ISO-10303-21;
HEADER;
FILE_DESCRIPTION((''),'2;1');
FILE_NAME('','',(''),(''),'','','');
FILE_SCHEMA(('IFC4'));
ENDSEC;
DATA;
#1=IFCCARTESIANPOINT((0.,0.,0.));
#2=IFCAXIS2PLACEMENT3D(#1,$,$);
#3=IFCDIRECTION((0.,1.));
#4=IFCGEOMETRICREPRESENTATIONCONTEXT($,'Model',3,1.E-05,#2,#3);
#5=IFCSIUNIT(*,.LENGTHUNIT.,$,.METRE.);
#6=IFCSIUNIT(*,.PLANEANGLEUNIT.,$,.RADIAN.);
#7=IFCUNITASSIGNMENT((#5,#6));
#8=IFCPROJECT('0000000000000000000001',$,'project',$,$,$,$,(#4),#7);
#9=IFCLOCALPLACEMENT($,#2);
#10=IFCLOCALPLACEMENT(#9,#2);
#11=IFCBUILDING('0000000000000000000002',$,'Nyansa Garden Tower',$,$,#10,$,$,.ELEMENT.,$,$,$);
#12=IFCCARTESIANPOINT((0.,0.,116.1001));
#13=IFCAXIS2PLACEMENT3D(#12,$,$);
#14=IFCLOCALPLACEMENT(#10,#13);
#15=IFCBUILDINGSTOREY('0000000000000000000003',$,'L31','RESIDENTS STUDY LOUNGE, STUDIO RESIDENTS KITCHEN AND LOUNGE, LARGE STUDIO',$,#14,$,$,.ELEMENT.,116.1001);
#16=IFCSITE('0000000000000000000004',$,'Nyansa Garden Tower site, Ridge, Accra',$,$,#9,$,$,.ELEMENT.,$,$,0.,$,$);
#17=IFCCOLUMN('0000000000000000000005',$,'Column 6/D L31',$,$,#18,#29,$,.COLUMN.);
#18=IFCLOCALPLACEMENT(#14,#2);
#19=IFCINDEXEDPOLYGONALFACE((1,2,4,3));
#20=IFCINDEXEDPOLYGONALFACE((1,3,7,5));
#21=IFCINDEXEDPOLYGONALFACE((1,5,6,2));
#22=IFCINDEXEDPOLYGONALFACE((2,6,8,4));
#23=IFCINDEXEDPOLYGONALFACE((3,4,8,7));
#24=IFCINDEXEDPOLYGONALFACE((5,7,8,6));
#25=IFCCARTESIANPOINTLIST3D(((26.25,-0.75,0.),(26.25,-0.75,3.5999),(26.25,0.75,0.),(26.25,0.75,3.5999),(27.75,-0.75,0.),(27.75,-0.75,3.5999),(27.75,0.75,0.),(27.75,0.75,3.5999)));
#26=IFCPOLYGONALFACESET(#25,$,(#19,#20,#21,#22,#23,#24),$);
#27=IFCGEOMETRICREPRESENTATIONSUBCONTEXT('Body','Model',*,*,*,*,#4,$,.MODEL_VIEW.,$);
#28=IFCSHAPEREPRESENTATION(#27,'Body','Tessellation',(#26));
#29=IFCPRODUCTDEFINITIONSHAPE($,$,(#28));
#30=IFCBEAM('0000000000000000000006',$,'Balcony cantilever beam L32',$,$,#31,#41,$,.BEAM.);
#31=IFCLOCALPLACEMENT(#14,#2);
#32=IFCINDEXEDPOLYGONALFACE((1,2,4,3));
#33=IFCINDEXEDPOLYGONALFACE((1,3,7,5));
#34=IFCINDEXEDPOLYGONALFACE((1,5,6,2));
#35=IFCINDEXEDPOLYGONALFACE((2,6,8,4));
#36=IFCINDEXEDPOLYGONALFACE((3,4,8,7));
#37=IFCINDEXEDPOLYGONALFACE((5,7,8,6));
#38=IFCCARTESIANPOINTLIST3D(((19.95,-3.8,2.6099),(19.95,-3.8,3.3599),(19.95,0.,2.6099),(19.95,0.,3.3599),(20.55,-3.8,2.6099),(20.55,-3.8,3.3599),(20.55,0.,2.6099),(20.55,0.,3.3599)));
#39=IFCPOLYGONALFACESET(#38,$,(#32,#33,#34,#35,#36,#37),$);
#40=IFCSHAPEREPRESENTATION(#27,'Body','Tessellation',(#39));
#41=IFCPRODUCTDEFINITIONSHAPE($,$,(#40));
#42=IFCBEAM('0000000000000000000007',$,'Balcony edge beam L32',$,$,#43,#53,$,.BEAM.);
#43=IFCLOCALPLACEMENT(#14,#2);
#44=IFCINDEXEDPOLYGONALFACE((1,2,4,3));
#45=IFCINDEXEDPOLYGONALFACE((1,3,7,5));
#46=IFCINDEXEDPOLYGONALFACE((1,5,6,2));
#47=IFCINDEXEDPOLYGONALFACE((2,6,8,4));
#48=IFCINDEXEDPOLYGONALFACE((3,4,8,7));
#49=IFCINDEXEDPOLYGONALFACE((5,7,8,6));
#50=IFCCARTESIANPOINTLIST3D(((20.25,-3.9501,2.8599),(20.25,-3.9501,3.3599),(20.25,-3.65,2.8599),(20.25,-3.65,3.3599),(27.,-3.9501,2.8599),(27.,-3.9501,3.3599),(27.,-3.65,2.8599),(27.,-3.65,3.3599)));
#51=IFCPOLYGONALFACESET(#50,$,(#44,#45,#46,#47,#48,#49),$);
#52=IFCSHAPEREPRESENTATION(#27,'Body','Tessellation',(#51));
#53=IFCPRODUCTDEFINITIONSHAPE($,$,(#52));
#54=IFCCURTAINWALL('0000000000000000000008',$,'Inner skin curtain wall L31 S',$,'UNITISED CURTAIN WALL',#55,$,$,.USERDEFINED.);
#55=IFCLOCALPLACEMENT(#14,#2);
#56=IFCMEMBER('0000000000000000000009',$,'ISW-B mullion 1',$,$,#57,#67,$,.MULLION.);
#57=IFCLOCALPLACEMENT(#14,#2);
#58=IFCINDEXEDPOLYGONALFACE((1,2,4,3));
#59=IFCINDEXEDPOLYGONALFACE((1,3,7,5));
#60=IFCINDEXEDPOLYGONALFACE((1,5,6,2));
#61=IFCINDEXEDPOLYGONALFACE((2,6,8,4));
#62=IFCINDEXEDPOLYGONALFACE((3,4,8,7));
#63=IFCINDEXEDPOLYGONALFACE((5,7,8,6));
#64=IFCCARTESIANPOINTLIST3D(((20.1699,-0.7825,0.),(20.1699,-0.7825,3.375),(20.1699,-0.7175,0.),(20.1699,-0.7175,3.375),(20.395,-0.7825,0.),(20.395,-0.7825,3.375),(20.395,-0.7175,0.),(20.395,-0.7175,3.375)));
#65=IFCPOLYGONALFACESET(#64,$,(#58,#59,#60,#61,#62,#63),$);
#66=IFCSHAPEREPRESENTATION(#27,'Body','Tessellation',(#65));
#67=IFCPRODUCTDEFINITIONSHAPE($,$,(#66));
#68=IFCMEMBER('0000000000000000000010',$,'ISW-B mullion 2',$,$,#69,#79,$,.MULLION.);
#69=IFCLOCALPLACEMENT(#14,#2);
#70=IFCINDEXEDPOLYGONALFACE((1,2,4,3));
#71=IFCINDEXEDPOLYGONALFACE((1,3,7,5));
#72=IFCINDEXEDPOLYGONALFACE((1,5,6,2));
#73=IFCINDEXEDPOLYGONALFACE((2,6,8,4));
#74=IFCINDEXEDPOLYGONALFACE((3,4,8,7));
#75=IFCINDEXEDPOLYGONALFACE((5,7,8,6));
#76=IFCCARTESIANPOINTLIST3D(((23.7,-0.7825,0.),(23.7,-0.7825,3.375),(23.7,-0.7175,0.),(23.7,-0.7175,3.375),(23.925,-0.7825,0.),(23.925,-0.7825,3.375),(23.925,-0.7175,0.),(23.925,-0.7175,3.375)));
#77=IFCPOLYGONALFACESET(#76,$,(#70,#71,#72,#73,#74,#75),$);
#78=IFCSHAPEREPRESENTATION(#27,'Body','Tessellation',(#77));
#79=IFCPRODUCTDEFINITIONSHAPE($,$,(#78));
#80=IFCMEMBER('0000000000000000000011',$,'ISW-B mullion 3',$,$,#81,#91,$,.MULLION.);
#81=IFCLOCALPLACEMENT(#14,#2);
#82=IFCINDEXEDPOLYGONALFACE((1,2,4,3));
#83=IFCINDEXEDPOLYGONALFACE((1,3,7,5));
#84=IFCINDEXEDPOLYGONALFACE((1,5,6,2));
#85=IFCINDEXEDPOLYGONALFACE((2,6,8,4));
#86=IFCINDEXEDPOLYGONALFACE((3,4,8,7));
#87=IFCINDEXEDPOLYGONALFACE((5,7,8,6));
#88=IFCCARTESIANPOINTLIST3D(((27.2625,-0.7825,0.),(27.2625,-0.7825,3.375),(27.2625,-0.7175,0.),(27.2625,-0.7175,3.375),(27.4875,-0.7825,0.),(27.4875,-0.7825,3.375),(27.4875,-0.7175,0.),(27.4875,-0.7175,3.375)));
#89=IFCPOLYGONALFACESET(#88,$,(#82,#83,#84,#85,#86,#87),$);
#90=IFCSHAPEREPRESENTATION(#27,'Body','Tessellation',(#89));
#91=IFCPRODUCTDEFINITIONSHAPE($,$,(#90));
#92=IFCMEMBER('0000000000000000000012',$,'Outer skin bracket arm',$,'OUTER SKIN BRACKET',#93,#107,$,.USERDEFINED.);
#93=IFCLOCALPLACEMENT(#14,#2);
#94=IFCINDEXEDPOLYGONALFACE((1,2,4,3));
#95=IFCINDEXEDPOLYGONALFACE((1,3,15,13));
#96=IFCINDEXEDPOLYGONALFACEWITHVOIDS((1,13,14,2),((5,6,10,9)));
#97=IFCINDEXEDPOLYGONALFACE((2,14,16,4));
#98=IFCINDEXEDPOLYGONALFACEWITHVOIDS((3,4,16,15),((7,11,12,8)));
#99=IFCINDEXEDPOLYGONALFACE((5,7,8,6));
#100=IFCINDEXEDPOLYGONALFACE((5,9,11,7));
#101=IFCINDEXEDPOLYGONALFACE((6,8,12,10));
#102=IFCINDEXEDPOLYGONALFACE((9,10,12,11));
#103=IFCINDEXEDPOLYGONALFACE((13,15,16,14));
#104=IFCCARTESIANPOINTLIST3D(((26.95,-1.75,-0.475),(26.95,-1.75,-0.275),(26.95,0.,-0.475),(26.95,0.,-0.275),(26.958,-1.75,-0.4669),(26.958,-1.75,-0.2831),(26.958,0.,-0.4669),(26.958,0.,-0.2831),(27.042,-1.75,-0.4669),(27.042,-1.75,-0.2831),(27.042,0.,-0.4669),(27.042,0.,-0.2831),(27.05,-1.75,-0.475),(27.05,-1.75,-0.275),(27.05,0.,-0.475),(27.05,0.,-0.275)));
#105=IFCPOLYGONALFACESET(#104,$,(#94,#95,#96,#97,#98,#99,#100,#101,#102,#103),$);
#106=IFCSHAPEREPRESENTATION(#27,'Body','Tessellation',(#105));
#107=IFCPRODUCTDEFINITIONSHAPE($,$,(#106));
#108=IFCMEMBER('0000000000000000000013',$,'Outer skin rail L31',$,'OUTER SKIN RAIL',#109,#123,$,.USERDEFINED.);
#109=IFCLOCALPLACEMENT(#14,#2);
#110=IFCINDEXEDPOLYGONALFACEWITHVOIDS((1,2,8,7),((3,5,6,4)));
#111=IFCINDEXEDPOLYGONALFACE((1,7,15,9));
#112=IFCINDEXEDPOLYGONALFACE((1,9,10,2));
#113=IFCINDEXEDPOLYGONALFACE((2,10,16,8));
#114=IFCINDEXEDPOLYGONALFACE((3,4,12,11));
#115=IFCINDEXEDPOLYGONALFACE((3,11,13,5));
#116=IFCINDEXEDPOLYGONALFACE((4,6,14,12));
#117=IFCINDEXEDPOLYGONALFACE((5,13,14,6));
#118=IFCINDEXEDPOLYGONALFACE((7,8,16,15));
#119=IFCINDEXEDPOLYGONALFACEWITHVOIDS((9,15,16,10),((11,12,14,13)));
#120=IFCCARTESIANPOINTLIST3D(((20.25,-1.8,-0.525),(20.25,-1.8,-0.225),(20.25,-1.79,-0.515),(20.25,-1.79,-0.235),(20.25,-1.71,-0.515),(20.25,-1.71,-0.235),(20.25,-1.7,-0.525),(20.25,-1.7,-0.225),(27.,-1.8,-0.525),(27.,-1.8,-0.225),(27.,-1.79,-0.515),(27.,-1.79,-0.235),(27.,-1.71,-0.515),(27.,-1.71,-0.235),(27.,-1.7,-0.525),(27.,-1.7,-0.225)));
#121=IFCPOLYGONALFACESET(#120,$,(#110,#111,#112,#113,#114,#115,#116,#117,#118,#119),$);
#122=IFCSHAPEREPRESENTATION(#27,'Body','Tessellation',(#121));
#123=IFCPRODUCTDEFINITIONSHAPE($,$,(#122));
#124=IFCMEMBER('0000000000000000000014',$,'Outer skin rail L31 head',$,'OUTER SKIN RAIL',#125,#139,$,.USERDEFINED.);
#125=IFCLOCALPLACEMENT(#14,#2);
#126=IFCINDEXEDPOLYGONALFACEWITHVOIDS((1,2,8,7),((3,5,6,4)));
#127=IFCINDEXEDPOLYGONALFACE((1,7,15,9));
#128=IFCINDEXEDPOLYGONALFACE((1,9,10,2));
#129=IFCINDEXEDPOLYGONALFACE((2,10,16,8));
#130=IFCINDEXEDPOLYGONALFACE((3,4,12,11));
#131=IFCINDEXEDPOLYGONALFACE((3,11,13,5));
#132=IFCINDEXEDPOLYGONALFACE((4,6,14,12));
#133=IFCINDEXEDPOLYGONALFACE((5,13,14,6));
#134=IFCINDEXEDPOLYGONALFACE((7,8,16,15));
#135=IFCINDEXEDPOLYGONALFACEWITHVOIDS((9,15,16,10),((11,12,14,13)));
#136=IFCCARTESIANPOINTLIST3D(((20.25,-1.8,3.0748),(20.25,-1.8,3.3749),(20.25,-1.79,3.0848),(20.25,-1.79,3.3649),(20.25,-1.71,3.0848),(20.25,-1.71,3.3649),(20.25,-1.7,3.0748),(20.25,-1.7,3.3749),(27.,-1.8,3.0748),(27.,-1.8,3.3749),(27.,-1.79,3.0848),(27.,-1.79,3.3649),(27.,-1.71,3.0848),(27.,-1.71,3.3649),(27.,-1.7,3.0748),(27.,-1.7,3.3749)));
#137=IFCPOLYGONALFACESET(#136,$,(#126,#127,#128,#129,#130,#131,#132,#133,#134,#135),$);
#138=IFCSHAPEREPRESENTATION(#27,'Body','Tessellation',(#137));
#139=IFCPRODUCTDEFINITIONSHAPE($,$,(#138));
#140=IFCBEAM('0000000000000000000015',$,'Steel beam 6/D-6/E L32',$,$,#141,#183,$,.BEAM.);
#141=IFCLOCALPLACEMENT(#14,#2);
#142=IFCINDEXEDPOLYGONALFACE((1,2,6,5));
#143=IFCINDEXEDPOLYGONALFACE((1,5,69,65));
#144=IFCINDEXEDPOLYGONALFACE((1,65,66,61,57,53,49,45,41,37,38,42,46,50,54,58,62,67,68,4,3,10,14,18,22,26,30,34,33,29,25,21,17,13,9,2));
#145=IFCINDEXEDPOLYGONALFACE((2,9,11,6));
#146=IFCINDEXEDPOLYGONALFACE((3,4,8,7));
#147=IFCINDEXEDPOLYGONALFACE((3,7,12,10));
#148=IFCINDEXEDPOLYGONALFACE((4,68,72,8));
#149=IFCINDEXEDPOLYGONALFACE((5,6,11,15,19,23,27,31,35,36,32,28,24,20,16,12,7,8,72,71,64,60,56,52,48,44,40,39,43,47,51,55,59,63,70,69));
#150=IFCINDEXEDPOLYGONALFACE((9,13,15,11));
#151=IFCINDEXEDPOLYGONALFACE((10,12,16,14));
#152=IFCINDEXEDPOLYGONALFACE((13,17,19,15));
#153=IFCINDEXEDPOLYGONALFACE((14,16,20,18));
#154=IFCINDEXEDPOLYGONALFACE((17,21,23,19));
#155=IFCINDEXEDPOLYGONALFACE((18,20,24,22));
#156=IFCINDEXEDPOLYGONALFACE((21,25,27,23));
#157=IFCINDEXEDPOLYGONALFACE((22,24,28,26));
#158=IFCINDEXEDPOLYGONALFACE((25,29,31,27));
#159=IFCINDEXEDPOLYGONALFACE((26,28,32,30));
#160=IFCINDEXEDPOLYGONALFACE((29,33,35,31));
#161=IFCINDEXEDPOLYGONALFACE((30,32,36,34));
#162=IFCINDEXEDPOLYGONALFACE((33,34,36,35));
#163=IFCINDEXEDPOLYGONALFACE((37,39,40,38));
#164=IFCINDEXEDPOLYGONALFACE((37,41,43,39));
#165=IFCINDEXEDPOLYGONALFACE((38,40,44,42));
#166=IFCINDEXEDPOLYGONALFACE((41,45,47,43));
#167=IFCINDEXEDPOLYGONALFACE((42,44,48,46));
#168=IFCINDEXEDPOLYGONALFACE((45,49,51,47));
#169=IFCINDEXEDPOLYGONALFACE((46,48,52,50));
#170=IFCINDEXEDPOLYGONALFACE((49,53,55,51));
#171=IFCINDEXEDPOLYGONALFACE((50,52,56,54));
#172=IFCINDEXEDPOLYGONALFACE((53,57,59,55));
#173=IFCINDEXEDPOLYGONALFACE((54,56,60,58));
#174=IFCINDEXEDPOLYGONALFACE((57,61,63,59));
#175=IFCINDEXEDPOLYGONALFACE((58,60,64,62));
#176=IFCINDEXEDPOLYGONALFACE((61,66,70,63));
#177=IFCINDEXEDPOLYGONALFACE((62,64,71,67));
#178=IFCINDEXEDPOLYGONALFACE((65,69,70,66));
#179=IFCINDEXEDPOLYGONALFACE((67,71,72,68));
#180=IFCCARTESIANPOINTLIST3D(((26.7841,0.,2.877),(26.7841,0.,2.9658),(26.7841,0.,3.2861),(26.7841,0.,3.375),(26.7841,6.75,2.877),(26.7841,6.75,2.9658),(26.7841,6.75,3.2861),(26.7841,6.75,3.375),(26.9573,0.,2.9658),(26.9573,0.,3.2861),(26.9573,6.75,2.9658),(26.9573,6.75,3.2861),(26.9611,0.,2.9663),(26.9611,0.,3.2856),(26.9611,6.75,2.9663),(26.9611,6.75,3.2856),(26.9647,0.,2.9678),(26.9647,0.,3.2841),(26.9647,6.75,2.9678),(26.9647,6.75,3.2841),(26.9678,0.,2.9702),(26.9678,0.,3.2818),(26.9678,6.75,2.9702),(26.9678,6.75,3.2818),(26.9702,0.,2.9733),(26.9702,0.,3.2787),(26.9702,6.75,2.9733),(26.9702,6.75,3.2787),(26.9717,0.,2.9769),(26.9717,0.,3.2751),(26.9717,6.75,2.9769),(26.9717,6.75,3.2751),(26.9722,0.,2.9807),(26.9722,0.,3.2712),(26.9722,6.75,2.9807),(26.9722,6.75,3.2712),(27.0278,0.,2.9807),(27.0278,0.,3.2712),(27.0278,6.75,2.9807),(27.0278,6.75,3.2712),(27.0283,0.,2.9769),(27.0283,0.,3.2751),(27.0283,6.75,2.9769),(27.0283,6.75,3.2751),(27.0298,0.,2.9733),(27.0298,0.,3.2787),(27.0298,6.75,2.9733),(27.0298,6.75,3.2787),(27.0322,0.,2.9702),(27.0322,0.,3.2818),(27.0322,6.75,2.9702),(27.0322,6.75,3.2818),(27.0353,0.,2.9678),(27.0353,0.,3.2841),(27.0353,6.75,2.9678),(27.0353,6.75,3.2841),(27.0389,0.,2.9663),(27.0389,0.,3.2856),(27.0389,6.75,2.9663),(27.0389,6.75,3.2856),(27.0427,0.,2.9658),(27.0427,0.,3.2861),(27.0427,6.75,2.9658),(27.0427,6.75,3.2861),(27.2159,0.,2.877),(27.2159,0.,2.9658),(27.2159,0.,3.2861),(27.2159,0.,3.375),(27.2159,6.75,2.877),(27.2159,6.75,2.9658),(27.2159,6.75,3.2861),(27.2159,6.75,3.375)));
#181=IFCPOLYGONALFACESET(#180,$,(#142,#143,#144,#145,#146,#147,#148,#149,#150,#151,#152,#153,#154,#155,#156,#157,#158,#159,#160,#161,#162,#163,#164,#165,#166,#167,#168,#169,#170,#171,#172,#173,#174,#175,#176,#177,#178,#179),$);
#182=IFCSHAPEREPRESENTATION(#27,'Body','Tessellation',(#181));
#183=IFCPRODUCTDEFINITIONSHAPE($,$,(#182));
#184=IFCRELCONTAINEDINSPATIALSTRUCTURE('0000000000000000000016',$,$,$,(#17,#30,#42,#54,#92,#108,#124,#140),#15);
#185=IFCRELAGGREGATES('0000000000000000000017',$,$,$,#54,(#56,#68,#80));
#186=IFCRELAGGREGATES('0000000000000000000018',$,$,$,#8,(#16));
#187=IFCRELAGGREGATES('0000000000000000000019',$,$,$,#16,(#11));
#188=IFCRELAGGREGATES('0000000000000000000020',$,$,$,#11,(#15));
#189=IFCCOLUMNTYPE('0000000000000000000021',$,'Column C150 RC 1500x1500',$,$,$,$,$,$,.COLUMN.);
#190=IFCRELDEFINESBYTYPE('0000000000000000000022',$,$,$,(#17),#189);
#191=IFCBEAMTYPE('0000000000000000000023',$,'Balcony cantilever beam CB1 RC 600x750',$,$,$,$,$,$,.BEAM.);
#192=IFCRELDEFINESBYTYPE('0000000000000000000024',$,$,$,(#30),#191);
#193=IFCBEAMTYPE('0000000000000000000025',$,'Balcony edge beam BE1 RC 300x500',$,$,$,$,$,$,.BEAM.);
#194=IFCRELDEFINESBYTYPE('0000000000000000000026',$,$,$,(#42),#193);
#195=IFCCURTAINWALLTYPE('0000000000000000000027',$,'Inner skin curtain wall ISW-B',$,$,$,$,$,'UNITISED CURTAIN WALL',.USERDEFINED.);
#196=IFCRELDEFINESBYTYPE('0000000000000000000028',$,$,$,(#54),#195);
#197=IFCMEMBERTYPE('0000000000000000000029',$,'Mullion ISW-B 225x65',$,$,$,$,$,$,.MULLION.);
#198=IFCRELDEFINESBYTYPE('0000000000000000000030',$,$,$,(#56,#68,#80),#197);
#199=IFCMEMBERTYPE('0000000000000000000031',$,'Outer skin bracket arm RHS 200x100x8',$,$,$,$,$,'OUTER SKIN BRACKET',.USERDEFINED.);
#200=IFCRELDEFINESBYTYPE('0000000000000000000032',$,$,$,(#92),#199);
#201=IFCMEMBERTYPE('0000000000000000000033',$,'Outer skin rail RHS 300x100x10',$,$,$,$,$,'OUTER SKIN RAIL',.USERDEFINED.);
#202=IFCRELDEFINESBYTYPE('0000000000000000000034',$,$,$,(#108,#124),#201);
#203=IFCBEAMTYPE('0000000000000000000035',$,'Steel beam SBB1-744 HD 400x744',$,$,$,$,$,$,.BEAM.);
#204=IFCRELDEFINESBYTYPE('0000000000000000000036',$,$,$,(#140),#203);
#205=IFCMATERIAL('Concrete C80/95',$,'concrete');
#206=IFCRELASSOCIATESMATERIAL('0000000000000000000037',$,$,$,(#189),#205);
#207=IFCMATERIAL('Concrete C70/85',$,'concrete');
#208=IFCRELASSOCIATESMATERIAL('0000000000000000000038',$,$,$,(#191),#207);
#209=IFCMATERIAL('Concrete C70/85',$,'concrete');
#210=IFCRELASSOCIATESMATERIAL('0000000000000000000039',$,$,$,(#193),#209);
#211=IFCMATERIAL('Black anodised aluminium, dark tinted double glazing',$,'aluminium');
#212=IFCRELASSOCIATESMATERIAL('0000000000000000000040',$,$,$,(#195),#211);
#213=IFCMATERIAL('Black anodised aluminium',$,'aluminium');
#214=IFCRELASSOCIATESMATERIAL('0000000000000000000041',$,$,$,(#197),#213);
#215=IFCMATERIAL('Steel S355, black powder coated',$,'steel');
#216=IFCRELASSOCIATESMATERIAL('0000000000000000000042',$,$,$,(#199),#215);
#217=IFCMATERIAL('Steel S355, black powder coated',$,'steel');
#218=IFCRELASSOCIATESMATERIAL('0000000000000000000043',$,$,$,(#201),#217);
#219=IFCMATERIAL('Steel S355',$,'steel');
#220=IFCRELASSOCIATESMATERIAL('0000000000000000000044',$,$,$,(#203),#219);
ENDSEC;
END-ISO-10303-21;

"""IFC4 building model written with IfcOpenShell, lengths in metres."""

from ifc_helpers import new_model, si_unit, direction, frame, origin, origin_2d, place, context, subcontext, project, spatial, rectangle, hollow_rectangle, i_section, extrude, material, material_profile, profile_set, type_object, element, aggregate, save


model = new_model("IFC4")

# Units and contexts
model_context = context("Model", 3, precision=1e-05, world=origin(), true_north=direction((0.0, 1.0)))
body_context = subcontext(model_context, "Body", "Model", "MODEL_VIEW")
ifc_project = project(units=[si_unit("LENGTHUNIT", "METRE"), si_unit("PLANEANGLEUNIT", "RADIAN")], contexts=[model_context])

# Site, building, storey
site_placement = place(None, origin())
site = spatial("IfcSite", under=ifc_project, at=site_placement, Name="Nyansa Garden Tower site, Ridge, Accra", CompositionType="ELEMENT", RefElevation=0.0)
building_placement = place(site_placement, origin())
building = spatial("IfcBuilding", under=site, at=building_placement, Name="Nyansa Garden Tower", CompositionType="ELEMENT")
storey_placement = place(building_placement, frame((0.0, 0.0, 116.1001)))
storey = spatial("IfcBuildingStorey", under=building, at=storey_placement, Name="L31", Description="RESIDENTS STUDY LOUNGE, STUDIO RESIDENTS KITCHEN AND LOUNGE, LARGE STUDIO", CompositionType="ELEMENT", Elevation=116.1001)

# Column
ifc_material_1 = material(Name="Concrete C80/95", Category="concrete")
ifc_material_profile_1 = material_profile(ifc_material_1, rectangle(XDim=1.5, YDim=1.5, at=origin_2d()), Name="RC 1500x1500")
ifc_profile_set_1 = profile_set([ifc_material_profile_1], Name="Concrete C80/95")
column_type = type_object("IfcColumnType", Name="Column C150 RC 1500x1500", PredefinedType="COLUMN", material=ifc_profile_set_1)
column_placement = place(storey_placement, frame((27.0, 0.0, 0.0), z_axis=(0.0, 0.0, 1.0), x_axis=(1.0, 0.0, 0.0)))
element("IfcColumn", 1, at=column_placement, inside=storey, type_object=column_type, Name="Column 6/D L31", PredefinedType="COLUMN", context=body_context, shape_type="SweptSolid", body=[
    extrude(rectangle(XDim=1.5, YDim=1.5, at=origin_2d()), origin(), (0.0, 0.0, 1.0), 3.5999),
])

# Beams
ifc_material_2 = material(Name="Concrete C70/85", Category="concrete")
ifc_material_profile_2 = material_profile(ifc_material_2, rectangle(XDim=0.6001, YDim=0.75, at=origin_2d()), Name="RC 600x750")
ifc_profile_set_2 = profile_set([ifc_material_profile_2], Name="Concrete C70/85")
beam_type_1 = type_object("IfcBeamType", Name="Balcony cantilever beam CB1 RC 600x750", PredefinedType="BEAM", material=ifc_profile_set_2)
beam_1_placement = place(storey_placement, frame((20.25, 0.0, 2.9849), z_axis=(0.0, -1.0, 0.0), x_axis=(1.0, 0.0, 0.0)))
element("IfcBeam", 2, at=beam_1_placement, inside=storey, type_object=beam_type_1, Name="Balcony cantilever beam L32", PredefinedType="BEAM", context=body_context, shape_type="SweptSolid", body=[
    extrude(rectangle(XDim=0.6001, YDim=0.75, at=origin_2d()), origin(), (0.0, 0.0, 1.0), 3.8),
])
ifc_material_3 = material(Name="Concrete C70/85", Category="concrete")
ifc_material_profile_3 = material_profile(ifc_material_3, rectangle(XDim=0.3, YDim=0.5, at=origin_2d()), Name="RC 300x500")
ifc_profile_set_3 = profile_set([ifc_material_profile_3], Name="Concrete C70/85")
beam_type_2 = type_object("IfcBeamType", Name="Balcony edge beam BE1 RC 300x500", PredefinedType="BEAM", material=ifc_profile_set_3)
beam_2_placement = place(storey_placement, frame((20.25, -3.8, 3.1099), z_axis=(1.0, 0.0, 0.0), x_axis=(0.0, 1.0, 0.0)))
element("IfcBeam", 3, at=beam_2_placement, inside=storey, type_object=beam_type_2, Name="Balcony edge beam L32", PredefinedType="BEAM", context=body_context, shape_type="SweptSolid", body=[
    extrude(rectangle(XDim=0.3, YDim=0.5, at=origin_2d()), origin(), (0.0, 0.0, 1.0), 6.75),
])

# Curtain wall, members
ifc_material_4 = material(Name="Black anodised aluminium, dark tinted double glazing", Category="aluminium")
curtain_wall_type = type_object("IfcCurtainWallType", Name="Inner skin curtain wall ISW-B", ElementType="UNITISED CURTAIN WALL", PredefinedType="USERDEFINED", material=ifc_material_4)
curtain_wall_placement = place(storey_placement, origin())
curtain_wall = element("IfcCurtainWall", 4, at=curtain_wall_placement, inside=storey, type_object=curtain_wall_type, Name="Inner skin curtain wall L31 S", ObjectType="UNITISED CURTAIN WALL", PredefinedType="USERDEFINED")
ifc_material_5 = material(Name="Black anodised aluminium", Category="aluminium")
ifc_material_profile_4 = material_profile(ifc_material_5, rectangle(XDim=0.0649, YDim=0.2251, at=origin_2d()), Name="Mullion 225x65")
ifc_profile_set_4 = profile_set([ifc_material_profile_4], Name="Black anodised aluminium")
member_type_1 = type_object("IfcMemberType", Name="Mullion ISW-B 225x65", PredefinedType="MULLION", material=ifc_profile_set_4)
member_1_placement = place(storey_placement, frame((20.2825, -0.75, 0.0), z_axis=(0.0, 0.0, 1.0), x_axis=(0.0, 1.0, 0.0)))
member_1 = element("IfcMember", 5, at=member_1_placement, type_object=member_type_1, Name="ISW-B mullion 1", PredefinedType="MULLION", context=body_context, shape_type="SweptSolid", body=[
    extrude(rectangle(XDim=0.0649, YDim=0.2251, at=origin_2d()), origin(), (0.0, 0.0, 1.0), 3.375),
])
member_2_placement = place(storey_placement, frame((23.8125, -0.75, 0.0), z_axis=(0.0, 0.0, 1.0), x_axis=(0.0, 1.0, 0.0)))
member_2 = element("IfcMember", 6, at=member_2_placement, type_object=member_type_1, Name="ISW-B mullion 2", PredefinedType="MULLION", context=body_context, shape_type="SweptSolid", body=[
    extrude(rectangle(XDim=0.0649, YDim=0.2251, at=origin_2d()), origin(), (0.0, 0.0, 1.0), 3.375),
])
member_3_placement = place(storey_placement, frame((27.375, -0.75, 0.0), z_axis=(0.0, 0.0, 1.0), x_axis=(0.0, 1.0, 0.0)))
member_3 = element("IfcMember", 7, at=member_3_placement, type_object=member_type_1, Name="ISW-B mullion 3", PredefinedType="MULLION", context=body_context, shape_type="SweptSolid", body=[
    extrude(rectangle(XDim=0.0649, YDim=0.2251, at=origin_2d()), origin(), (0.0, 0.0, 1.0), 3.375),
])

# Members
ifc_material_6 = material(Name="Steel S355, black powder coated", Category="steel")
ifc_material_profile_5 = material_profile(ifc_material_6, hollow_rectangle(XDim=0.1001, YDim=0.2, WallThickness=0.0081, at=origin_2d()), Name="RHS 200x100x8")
ifc_profile_set_5 = profile_set([ifc_material_profile_5], Name="Steel S355, black powder coated")
member_type_2 = type_object("IfcMemberType", Name="Outer skin bracket arm RHS 200x100x8", ElementType="OUTER SKIN BRACKET", PredefinedType="USERDEFINED", material=ifc_profile_set_5)
member_4_placement = place(storey_placement, frame((27.0, 0.0, -0.375), z_axis=(0.0, -1.0, 0.0), x_axis=(1.0, 0.0, 0.0)))
element("IfcMember", 8, at=member_4_placement, inside=storey, type_object=member_type_2, Name="Outer skin bracket arm", ObjectType="OUTER SKIN BRACKET", PredefinedType="USERDEFINED", context=body_context, shape_type="SweptSolid", body=[
    extrude(hollow_rectangle(XDim=0.1001, YDim=0.2, WallThickness=0.0081, at=origin_2d()), origin(), (0.0, 0.0, 1.0), 1.75),
])
ifc_material_7 = material(Name="Steel S355, black powder coated", Category="steel")
ifc_material_profile_6 = material_profile(ifc_material_7, hollow_rectangle(XDim=0.1001, YDim=0.3, WallThickness=0.01, at=origin_2d()), Name="RHS 300x100x10")
ifc_profile_set_6 = profile_set([ifc_material_profile_6], Name="Steel S355, black powder coated")
member_type_3 = type_object("IfcMemberType", Name="Outer skin rail RHS 300x100x10", ElementType="OUTER SKIN RAIL", PredefinedType="USERDEFINED", material=ifc_profile_set_6)
for number, where, z_axis, x_axis, name in (
    (9, (20.25, -1.75, -0.375), (1.0, 0.0, 0.0), (0.0, 1.0, 0.0), "Outer skin rail L31"),
    (10, (20.25, -1.75, 3.2249), (1.0, 0.0, 0.0), (0.0, 1.0, 0.0), "Outer skin rail L31 head"),
):
    element("IfcMember", number, at=place(storey_placement, frame(where, z_axis=z_axis, x_axis=x_axis)), inside=storey, type_object=member_type_3, Name=name, ObjectType="OUTER SKIN RAIL", PredefinedType="USERDEFINED", context=body_context, shape_type="SweptSolid", body=[
        extrude(hollow_rectangle(XDim=0.1001, YDim=0.3, WallThickness=0.01, at=origin_2d()), origin(), (0.0, 0.0, 1.0), 6.75),
    ])

# Beam
ifc_material_8 = material(Name="Steel S355", Category="steel")
ifc_material_profile_7 = material_profile(ifc_material_8, i_section(OverallWidth=0.4319, OverallDepth=0.498, WebThickness=0.0557, FlangeThickness=0.0889, FilletRadius=0.0149, at=origin_2d()), Name="HD 400x744")
ifc_profile_set_7 = profile_set([ifc_material_profile_7], Name="Steel S355")
beam_type_3 = type_object("IfcBeamType", Name="Steel beam SBB1-744 HD 400x744", PredefinedType="BEAM", material=ifc_profile_set_7)
beam_3_placement = place(storey_placement, frame((27.0, 0.0, 3.126), z_axis=(0.0, 1.0, 0.0), x_axis=(-1.0, 0.0, 0.0)))
element("IfcBeam", 11, at=beam_3_placement, inside=storey, type_object=beam_type_3, Name="Steel beam 6/D-6/E L32", PredefinedType="BEAM", context=body_context, shape_type="SweptSolid", body=[
    extrude(i_section(OverallWidth=0.4319, OverallDepth=0.498, WebThickness=0.0557, FlangeThickness=0.0889, FilletRadius=0.0149, at=origin_2d()), origin(), (0.0, 0.0, 1.0), 6.75),
])

aggregate(curtain_wall, [member_1, member_2, member_3])

save(model, "model.ifc")
